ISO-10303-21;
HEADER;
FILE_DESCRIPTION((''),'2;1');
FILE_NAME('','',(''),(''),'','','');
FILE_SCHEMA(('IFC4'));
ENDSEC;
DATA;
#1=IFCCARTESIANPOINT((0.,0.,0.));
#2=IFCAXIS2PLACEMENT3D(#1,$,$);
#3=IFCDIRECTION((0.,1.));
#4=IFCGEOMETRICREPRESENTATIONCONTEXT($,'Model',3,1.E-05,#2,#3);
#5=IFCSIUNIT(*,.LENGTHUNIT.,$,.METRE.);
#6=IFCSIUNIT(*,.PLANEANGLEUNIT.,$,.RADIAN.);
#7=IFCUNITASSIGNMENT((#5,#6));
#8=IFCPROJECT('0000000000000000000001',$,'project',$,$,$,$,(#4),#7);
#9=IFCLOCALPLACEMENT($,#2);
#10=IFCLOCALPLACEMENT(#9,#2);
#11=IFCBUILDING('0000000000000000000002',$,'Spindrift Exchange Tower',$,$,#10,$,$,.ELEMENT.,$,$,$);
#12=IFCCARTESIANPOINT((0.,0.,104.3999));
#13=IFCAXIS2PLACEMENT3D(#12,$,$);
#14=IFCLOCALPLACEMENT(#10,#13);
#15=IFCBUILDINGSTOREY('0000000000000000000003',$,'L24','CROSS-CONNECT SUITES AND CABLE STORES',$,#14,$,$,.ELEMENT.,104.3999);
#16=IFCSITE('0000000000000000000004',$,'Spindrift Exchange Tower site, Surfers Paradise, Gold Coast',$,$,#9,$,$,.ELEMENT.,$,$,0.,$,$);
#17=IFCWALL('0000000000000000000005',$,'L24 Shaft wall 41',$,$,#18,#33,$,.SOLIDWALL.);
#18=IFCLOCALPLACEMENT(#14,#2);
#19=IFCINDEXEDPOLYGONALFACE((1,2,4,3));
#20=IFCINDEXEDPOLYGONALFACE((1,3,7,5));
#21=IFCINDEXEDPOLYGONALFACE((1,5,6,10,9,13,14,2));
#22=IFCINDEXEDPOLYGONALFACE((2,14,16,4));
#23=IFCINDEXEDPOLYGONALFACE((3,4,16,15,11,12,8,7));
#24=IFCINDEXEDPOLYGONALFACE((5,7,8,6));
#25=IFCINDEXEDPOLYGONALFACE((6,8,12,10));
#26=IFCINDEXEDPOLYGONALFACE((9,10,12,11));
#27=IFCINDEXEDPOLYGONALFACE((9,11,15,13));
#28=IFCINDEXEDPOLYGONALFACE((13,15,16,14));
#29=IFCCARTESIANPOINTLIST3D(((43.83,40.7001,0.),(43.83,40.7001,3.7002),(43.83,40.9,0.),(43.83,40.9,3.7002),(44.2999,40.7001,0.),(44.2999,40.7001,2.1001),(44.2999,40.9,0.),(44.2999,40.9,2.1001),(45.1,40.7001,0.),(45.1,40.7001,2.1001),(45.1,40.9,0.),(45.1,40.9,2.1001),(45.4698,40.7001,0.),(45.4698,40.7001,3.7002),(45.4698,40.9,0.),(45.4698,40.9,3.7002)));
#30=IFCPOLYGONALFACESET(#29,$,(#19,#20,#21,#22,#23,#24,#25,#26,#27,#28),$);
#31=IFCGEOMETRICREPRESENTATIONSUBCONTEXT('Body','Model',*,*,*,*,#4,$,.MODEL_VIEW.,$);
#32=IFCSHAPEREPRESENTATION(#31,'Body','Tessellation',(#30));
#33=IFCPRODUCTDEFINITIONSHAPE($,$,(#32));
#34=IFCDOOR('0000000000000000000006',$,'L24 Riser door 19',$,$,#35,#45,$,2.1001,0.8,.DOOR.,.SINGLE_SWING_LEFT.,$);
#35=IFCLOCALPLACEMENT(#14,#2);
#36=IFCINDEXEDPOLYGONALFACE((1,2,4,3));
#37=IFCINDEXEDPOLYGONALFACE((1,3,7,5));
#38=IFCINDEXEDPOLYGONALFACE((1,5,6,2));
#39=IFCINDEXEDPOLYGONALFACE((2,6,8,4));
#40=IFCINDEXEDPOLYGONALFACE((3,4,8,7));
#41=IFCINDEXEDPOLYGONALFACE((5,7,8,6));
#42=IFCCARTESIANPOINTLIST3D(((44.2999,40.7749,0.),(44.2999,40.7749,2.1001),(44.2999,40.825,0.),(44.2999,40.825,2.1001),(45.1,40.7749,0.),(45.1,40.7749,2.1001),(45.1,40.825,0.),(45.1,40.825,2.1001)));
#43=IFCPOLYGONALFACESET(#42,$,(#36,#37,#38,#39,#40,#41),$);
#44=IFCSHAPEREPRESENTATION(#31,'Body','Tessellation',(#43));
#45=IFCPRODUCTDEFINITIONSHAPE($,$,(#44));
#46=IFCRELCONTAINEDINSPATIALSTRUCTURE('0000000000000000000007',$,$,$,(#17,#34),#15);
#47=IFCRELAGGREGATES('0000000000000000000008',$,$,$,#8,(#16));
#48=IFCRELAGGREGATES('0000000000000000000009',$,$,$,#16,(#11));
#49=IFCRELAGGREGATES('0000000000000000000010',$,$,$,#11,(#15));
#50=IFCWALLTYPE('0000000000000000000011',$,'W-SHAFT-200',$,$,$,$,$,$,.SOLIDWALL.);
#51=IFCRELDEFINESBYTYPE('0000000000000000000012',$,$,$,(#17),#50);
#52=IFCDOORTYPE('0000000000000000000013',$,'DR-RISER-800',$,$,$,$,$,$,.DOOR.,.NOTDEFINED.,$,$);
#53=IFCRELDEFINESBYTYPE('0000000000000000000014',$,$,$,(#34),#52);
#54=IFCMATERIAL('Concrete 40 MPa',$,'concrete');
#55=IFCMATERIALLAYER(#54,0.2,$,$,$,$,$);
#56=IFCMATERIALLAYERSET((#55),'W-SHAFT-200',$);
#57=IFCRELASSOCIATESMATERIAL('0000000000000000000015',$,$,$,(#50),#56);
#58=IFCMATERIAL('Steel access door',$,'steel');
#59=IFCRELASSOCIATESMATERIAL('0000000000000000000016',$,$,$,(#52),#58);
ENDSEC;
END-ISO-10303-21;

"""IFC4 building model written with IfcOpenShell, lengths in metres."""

from ifc_helpers import new_model, si_unit, direction, frame, frame_2d, origin, place, context, subcontext, project, spatial, rectangle, extrude, source, transform, mapped, material, layer, layer_set, type_object, element, fill, save


model = new_model("IFC4")

# Units and contexts
model_context = context("Model", 3, precision=1e-05, world=origin(), true_north=direction((0.0, 1.0)))
body_context = subcontext(model_context, "Body", "Model", "MODEL_VIEW")
ifc_project = project(units=[si_unit("LENGTHUNIT", "METRE"), si_unit("PLANEANGLEUNIT", "RADIAN")], contexts=[model_context])

# Site, building, storey
site_placement = place(None, origin())
site = spatial("IfcSite", under=ifc_project, at=site_placement, Name="Spindrift Exchange Tower site, Surfers Paradise, Gold Coast", CompositionType="ELEMENT", RefElevation=0.0)
building_placement = place(site_placement, origin())
building = spatial("IfcBuilding", under=site, at=building_placement, Name="Spindrift Exchange Tower", CompositionType="ELEMENT")
storey_placement = place(building_placement, frame((0.0, 0.0, 104.3999)))
storey = spatial("IfcBuildingStorey", under=building, at=storey_placement, Name="L24", Description="CROSS-CONNECT SUITES AND CABLE STORES", CompositionType="ELEMENT", Elevation=104.3999)

# Shared definitions
ifc_material_1 = material(Name="Steel access door", Category="steel")

# Shared definitions
ifc_material_2 = material(Name="Concrete 40 MPa", Category="concrete")
ifc_layer_1 = layer(ifc_material_2, 0.2)
ifc_layer_set_1 = layer_set([ifc_layer_1], Name="W-SHAFT-200")
wall_type_1 = type_object("IfcWallType", Name="W-SHAFT-200", PredefinedType="SOLIDWALL", material=ifc_layer_set_1)

# Wall, opening, door
wall_1_placement = place(storey_placement, frame((43.8301, 40.8, 0.0), z_axis=(0.0, 0.0, 1.0), x_axis=(1.0, 0.0, 0.0)))
wall_1 = element("IfcWall", 1, at=wall_1_placement, inside=storey, type_object=wall_type_1, Name="L24 Shaft wall 41", PredefinedType="SOLIDWALL", context=body_context, shape_type="SweptSolid", body=[
    extrude(rectangle(XDim=1.6399, YDim=0.2, at=frame_2d((0.8198, 0.0))), origin(), (0.0, 0.0, 1.0), 3.7002),
])
opening_1_placement = place(wall_1_placement, frame((0.47, 0.0, 0.0)))
opening_1 = element("IfcOpeningElement", 2, at=opening_1_placement, cuts=wall_1, PredefinedType="OPENING", context=body_context, shape_type="SweptSolid", body=[
    extrude(rectangle(XDim=0.8, YDim=2.1001, at=frame_2d((0.3999, 1.05))), frame((0.0, 0.1099, 0.0), z_axis=(0.0, -1.0, 0.0), x_axis=(1.0, 0.0, 0.0)), (0.0, 0.0, 1.0), 0.22),
])
door_type_1 = type_object("IfcDoorType", Name="DR-RISER-800", OperationType="NOTDEFINED", PredefinedType="DOOR", material=ifc_material_1)
shared_shape_1 = source(origin(), body_context, "Body", "SweptSolid", [
    extrude(rectangle(XDim=0.8, YDim=2.1001, at=frame_2d((0.3999, 1.05))), frame((0.0, 0.0249, 0.0), z_axis=(0.0, -1.0, 0.0), x_axis=(1.0, 0.0, 0.0)), (0.0, 0.0, 1.0), 0.05),
])
door_1_placement = place(opening_1_placement, origin())
door_1 = element("IfcDoor", 3, at=door_1_placement, inside=storey, type_object=door_type_1, Name="L24 Riser door 19", OperationType="SINGLE_SWING_LEFT", OverallHeight=2.1001, OverallWidth=0.8, PredefinedType="DOOR", context=body_context, shape_type="MappedRepresentation", body=[
    mapped(shared_shape_1, transform((0.0, 0.0, 0.0), scale=1.0)),
])
fill(opening_1, door_1)

save(model, "model.ifc")
